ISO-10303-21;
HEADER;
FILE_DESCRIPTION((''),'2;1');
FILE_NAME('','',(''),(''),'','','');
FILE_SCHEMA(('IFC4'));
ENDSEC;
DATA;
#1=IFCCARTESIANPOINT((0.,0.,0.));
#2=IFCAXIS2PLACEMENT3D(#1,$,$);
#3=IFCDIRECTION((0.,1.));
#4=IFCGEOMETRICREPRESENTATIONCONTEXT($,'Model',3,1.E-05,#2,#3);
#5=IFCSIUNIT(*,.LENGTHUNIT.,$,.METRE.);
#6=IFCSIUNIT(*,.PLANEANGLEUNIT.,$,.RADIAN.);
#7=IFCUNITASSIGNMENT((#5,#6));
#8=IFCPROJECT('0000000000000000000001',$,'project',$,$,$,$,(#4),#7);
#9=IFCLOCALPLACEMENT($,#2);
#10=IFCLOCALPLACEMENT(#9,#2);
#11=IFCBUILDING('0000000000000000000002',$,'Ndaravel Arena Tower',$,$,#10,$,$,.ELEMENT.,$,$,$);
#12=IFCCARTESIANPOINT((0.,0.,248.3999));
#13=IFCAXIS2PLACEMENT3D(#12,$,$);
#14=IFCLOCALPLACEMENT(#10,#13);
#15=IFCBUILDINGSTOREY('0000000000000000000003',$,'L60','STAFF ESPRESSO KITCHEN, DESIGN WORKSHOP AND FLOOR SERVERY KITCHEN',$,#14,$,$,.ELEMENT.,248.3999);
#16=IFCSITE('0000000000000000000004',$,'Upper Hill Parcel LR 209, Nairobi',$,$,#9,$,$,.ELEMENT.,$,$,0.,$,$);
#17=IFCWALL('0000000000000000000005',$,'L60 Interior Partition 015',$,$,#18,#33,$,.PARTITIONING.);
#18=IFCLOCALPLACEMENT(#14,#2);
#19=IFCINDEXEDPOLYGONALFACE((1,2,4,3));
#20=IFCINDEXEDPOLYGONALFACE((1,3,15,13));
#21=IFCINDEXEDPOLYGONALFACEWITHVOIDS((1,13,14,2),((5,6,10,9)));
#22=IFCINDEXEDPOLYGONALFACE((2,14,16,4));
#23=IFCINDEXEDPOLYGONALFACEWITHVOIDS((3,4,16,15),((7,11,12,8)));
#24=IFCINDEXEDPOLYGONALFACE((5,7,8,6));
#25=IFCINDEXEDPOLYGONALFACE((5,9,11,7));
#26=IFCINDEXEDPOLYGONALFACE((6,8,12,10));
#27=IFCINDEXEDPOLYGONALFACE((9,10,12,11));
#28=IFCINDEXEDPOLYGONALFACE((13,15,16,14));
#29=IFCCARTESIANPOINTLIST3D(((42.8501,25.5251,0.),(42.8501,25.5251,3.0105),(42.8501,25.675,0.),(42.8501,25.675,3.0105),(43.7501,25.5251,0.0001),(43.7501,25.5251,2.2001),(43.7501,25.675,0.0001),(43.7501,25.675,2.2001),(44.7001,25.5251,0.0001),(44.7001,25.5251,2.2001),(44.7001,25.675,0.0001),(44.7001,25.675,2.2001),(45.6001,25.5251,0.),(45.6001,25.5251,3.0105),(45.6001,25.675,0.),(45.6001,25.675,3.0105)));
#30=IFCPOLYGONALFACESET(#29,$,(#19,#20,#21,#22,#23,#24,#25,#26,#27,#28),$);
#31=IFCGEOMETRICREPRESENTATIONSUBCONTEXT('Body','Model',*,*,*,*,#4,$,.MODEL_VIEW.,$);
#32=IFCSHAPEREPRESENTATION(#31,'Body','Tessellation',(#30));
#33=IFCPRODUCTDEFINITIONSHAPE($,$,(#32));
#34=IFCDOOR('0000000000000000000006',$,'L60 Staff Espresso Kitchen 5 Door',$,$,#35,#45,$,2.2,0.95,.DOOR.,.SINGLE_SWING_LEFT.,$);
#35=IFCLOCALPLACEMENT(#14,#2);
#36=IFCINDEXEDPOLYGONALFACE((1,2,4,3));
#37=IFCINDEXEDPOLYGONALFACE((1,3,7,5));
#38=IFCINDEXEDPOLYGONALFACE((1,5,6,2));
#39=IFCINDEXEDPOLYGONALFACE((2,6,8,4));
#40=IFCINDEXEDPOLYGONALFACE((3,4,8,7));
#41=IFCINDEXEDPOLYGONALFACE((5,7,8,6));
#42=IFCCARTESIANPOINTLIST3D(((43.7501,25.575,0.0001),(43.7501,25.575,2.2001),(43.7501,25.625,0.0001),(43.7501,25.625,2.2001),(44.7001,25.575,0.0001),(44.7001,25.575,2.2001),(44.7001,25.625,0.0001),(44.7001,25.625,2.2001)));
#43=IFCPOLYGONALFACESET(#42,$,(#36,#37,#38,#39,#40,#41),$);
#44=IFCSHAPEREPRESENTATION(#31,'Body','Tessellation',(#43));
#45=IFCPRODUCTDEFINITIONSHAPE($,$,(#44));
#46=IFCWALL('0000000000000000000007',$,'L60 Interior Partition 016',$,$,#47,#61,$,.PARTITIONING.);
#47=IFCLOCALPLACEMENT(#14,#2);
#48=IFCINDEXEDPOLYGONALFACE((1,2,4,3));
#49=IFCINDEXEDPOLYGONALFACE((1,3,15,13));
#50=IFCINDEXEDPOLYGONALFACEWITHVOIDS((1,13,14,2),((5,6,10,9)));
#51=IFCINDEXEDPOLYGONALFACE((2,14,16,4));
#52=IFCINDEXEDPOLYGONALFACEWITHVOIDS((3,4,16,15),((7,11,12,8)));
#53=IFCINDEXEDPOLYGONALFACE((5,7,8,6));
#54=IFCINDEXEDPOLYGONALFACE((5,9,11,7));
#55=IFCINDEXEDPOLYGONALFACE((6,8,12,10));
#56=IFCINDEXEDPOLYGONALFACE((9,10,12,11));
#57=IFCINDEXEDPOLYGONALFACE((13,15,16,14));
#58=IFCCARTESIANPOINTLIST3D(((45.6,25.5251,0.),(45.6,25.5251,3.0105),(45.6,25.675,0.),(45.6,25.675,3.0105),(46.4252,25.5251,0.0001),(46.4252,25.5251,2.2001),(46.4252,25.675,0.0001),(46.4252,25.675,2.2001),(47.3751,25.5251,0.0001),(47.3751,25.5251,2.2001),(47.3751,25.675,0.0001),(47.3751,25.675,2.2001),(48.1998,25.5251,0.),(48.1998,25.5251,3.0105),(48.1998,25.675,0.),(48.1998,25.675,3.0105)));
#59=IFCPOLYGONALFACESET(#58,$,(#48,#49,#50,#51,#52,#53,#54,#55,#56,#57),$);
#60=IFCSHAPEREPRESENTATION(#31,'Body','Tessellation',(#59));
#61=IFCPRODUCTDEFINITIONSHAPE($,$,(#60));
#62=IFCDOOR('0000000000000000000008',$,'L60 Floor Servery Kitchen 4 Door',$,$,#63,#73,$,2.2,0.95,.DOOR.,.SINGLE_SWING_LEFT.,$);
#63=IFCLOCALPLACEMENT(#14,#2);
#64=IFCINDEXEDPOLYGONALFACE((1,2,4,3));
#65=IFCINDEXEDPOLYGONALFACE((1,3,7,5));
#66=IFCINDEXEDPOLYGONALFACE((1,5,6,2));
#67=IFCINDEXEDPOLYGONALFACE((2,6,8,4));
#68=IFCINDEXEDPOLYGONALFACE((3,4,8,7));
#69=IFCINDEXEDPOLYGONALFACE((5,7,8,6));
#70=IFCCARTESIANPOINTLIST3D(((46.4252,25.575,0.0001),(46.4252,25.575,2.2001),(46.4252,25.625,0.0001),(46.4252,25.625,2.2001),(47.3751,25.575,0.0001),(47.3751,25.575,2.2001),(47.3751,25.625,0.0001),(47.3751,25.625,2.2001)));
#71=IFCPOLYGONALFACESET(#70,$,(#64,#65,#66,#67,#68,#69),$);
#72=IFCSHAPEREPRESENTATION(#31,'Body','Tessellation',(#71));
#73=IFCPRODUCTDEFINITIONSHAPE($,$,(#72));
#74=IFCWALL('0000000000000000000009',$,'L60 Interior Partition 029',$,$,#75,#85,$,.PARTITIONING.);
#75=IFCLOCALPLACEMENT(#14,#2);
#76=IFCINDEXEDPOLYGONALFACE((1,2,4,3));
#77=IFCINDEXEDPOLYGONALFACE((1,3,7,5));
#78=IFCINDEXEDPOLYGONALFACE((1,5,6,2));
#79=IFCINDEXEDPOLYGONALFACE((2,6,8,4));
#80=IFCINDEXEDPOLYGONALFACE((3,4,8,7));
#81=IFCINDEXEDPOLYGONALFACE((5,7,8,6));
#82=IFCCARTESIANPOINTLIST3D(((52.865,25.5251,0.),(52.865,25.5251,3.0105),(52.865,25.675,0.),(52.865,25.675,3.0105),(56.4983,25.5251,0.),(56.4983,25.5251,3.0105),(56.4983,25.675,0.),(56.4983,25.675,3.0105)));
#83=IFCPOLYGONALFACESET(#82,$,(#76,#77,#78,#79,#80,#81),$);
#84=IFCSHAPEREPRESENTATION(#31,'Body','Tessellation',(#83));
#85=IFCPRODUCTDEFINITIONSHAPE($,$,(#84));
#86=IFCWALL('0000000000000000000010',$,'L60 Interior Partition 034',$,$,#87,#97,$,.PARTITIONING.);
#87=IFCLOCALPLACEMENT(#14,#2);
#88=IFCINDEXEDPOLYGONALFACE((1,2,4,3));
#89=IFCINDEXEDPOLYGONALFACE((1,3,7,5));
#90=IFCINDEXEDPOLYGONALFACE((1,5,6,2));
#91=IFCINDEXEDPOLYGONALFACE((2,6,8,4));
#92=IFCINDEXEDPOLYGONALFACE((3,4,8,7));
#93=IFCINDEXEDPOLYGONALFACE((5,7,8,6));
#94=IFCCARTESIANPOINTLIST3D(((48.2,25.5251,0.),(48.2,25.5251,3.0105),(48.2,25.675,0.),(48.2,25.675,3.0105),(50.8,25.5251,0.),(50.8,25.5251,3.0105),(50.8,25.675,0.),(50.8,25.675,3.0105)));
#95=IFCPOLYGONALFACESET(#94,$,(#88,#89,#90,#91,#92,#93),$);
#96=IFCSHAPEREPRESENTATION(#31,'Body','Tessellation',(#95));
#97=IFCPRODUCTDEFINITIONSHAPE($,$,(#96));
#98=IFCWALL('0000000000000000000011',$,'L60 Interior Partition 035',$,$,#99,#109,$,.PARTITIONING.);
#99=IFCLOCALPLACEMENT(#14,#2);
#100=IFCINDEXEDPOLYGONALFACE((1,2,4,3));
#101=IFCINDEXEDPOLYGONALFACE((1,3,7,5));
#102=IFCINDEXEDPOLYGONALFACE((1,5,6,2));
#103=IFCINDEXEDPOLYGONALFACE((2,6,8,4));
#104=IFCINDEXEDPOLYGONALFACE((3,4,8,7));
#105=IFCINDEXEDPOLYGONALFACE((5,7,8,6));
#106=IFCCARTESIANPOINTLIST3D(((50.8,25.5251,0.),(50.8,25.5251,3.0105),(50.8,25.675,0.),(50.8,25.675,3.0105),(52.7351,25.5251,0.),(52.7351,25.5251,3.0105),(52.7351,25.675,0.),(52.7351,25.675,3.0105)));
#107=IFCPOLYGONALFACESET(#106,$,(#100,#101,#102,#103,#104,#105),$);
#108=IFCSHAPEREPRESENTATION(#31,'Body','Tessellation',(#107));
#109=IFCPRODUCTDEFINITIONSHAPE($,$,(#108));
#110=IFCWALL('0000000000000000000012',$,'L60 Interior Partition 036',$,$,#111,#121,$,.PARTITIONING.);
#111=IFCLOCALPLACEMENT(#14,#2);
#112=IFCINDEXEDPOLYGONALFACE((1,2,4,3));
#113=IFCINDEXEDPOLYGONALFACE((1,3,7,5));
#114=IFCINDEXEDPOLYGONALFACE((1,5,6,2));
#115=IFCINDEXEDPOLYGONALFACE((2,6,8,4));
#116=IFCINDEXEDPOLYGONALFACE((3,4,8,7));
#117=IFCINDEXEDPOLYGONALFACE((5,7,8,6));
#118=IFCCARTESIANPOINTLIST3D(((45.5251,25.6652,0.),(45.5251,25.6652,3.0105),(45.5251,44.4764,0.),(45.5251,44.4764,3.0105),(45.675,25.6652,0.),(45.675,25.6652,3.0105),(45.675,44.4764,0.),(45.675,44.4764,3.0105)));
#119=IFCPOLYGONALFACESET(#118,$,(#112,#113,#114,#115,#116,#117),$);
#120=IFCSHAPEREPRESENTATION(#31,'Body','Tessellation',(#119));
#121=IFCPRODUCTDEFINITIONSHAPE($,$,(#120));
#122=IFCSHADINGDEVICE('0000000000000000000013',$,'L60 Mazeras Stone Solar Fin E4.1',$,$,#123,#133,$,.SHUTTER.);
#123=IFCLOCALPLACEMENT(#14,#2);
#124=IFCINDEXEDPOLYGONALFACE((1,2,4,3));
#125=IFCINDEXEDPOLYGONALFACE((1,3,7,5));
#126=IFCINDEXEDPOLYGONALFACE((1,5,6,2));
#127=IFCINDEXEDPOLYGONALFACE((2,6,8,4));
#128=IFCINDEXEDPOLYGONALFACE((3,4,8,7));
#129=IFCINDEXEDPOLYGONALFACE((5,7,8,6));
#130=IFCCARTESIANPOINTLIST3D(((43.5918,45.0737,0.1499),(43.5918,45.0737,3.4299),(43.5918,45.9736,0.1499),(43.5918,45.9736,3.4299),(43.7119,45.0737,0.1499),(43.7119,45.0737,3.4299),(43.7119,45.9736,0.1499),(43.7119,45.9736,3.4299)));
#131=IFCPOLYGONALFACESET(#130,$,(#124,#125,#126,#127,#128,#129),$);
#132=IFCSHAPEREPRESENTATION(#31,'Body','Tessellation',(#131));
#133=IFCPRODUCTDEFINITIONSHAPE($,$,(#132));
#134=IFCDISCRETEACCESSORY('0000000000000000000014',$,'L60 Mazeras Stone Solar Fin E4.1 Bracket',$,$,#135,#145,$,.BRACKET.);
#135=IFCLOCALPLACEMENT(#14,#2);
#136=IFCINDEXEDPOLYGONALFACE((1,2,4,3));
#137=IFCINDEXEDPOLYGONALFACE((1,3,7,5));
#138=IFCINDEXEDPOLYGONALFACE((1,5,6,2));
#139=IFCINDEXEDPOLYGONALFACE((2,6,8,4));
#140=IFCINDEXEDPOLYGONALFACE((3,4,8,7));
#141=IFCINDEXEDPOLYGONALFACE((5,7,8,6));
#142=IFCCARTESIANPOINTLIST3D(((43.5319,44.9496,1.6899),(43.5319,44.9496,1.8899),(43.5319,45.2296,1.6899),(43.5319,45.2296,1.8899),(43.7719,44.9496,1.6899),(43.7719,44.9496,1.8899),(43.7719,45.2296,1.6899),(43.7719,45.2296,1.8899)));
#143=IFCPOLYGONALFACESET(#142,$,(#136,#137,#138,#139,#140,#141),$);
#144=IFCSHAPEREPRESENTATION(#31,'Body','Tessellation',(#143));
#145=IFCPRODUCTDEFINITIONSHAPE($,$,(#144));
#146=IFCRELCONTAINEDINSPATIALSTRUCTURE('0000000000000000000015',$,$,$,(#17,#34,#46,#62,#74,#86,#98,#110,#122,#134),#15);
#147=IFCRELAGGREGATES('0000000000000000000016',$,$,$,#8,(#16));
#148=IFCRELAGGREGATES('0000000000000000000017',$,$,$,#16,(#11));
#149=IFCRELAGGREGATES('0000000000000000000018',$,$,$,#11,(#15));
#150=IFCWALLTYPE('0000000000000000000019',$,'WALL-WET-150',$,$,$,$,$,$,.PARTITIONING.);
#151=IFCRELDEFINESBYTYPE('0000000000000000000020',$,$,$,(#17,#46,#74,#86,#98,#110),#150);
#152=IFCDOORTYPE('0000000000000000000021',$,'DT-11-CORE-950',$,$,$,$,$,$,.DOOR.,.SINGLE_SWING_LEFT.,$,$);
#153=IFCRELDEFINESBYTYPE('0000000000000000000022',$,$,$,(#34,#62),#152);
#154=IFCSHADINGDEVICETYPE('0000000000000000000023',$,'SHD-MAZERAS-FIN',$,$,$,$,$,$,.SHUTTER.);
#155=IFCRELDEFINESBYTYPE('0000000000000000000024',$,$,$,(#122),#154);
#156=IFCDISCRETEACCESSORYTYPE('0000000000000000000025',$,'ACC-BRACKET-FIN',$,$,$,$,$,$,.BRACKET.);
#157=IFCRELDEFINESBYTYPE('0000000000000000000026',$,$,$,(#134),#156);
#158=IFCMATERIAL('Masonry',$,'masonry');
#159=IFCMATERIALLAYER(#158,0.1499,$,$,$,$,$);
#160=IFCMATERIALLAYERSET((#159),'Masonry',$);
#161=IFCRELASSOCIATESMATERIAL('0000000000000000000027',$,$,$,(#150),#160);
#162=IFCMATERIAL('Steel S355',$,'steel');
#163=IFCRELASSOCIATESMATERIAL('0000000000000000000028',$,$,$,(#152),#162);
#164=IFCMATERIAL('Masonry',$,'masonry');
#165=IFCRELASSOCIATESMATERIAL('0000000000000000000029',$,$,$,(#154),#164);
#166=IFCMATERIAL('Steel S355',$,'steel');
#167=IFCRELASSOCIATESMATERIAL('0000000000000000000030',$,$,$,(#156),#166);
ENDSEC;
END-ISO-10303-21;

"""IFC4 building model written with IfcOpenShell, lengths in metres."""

from ifc_helpers import new_model, si_unit, direction, frame, frame_2d, origin, origin_2d, place, context, subcontext, project, spatial, rectangle, extrude, material, layer, layer_set, type_object, element, fill, save


model = new_model("IFC4")

# Units and contexts
model_context = context("Model", 3, precision=1e-05, world=origin(), true_north=direction((0.0, 1.0)))
body_context = subcontext(model_context, "Body", "Model", "MODEL_VIEW")
ifc_project = project(units=[si_unit("LENGTHUNIT", "METRE"), si_unit("PLANEANGLEUNIT", "RADIAN")], contexts=[model_context])

# Site, building, storey
site_placement = place(None, origin())
site = spatial("IfcSite", under=ifc_project, at=site_placement, Name="Upper Hill Parcel LR 209, Nairobi", CompositionType="ELEMENT", RefElevation=0.0)
building_placement = place(site_placement, origin())
building = spatial("IfcBuilding", under=site, at=building_placement, Name="Ndaravel Arena Tower", CompositionType="ELEMENT")
storey_placement = place(building_placement, frame((0.0, 0.0, 248.3999)))
storey = spatial("IfcBuildingStorey", under=building, at=storey_placement, Name="L60", Description="STAFF ESPRESSO KITCHEN, DESIGN WORKSHOP AND FLOOR SERVERY KITCHEN", CompositionType="ELEMENT", Elevation=248.3999)

# Walls, openings, doors
ifc_material_1 = material(Name="Masonry", Category="masonry")
ifc_layer_1 = layer(ifc_material_1, 0.1499)
ifc_layer_set_1 = layer_set([ifc_layer_1], Name="Masonry")
wall_type_1 = type_object("IfcWallType", Name="WALL-WET-150", PredefinedType="PARTITIONING", material=ifc_layer_set_1)
wall_1_placement = place(storey_placement, frame((42.8501, 25.6001, 0.0), z_axis=(0.0, 0.0, 1.0), x_axis=(1.0, 0.0, 0.0)))
wall_1 = element("IfcWall", 1, at=wall_1_placement, inside=storey, type_object=wall_type_1, Name="L60 Interior Partition 015", PredefinedType="PARTITIONING", context=body_context, shape_type="SweptSolid", body=[
    extrude(rectangle(XDim=2.75, YDim=0.1499, at=frame_2d((1.375, 0.0))), origin(), (0.0, 0.0, 1.0), 3.0105),
])
opening_1_placement = place(wall_1_placement, frame((0.8999, 0.0, 0.0)))
opening_1 = element("IfcOpeningElement", 2, at=opening_1_placement, cuts=wall_1, PredefinedType="OPENING", context=body_context, shape_type="SweptSolid", body=[
    extrude(rectangle(XDim=0.95, YDim=2.2, at=frame_2d((0.4751, 1.1001))), frame((0.0, 0.075, 0.0), z_axis=(0.0, -1.0, 0.0), x_axis=(1.0, 0.0, 0.0)), (0.0, 0.0, 1.0), 0.1499),
])
ifc_material_2 = material(Name="Steel S355", Category="steel")
door_type = type_object("IfcDoorType", Name="DT-11-CORE-950", OperationType="SINGLE_SWING_LEFT", PredefinedType="DOOR", material=ifc_material_2)
door_1_placement = place(opening_1_placement, origin())
door_1 = element("IfcDoor", 3, at=door_1_placement, inside=storey, type_object=door_type, Name="L60 Staff Espresso Kitchen 5 Door", OperationType="SINGLE_SWING_LEFT", OverallHeight=2.2, OverallWidth=0.95, PredefinedType="DOOR", context=body_context, shape_type="SweptSolid", body=[
    extrude(rectangle(XDim=0.95, YDim=2.2, at=frame_2d((0.4751, 1.1001))), frame((0.0, 0.0249, 0.0), z_axis=(0.0, -1.0, 0.0), x_axis=(1.0, 0.0, 0.0)), (0.0, 0.0, 1.0), 0.05),
])
fill(opening_1, door_1)
wall_2_placement = place(storey_placement, frame((45.6001, 25.6001, 0.0), z_axis=(0.0, 0.0, 1.0), x_axis=(1.0, 0.0, 0.0)))
wall_2 = element("IfcWall", 4, at=wall_2_placement, inside=storey, type_object=wall_type_1, Name="L60 Interior Partition 016", PredefinedType="PARTITIONING", context=body_context, shape_type="SweptSolid", body=[
    extrude(rectangle(XDim=2.5999, YDim=0.1499, at=frame_2d((1.2998, 0.0))), origin(), (0.0, 0.0, 1.0), 3.0105),
])
opening_2_placement = place(wall_2_placement, frame((0.825, 0.0, 0.0)))
opening_2 = element("IfcOpeningElement", 5, at=opening_2_placement, cuts=wall_2, PredefinedType="OPENING", context=body_context, shape_type="SweptSolid", body=[
    extrude(rectangle(XDim=0.95, YDim=2.2, at=frame_2d((0.4751, 1.1001))), frame((0.0, 0.075, 0.0), z_axis=(0.0, -1.0, 0.0), x_axis=(1.0, 0.0, 0.0)), (0.0, 0.0, 1.0), 0.1499),
])
door_2_placement = place(opening_2_placement, origin())
door_2 = element("IfcDoor", 6, at=door_2_placement, inside=storey, type_object=door_type, Name="L60 Floor Servery Kitchen 4 Door", OperationType="SINGLE_SWING_LEFT", OverallHeight=2.2, OverallWidth=0.95, PredefinedType="DOOR", context=body_context, shape_type="SweptSolid", body=[
    extrude(rectangle(XDim=0.95, YDim=2.2, at=frame_2d((0.4751, 1.1001))), frame((0.0, 0.0249, 0.0), z_axis=(0.0, -1.0, 0.0), x_axis=(1.0, 0.0, 0.0)), (0.0, 0.0, 1.0), 0.05),
])
fill(opening_2, door_2)

# Walls
wall_3_placement = place(storey_placement, frame((52.865, 25.6001, 0.0), z_axis=(0.0, 0.0, 1.0), x_axis=(1.0, 0.0, 0.0)))
element("IfcWall", 7, at=wall_3_placement, inside=storey, type_object=wall_type_1, Name="L60 Interior Partition 029", PredefinedType="PARTITIONING", context=body_context, shape_type="SweptSolid", body=[
    extrude(rectangle(XDim=3.6333, YDim=0.1499, at=frame_2d((1.8167, 0.0))), origin(), (0.0, 0.0, 1.0), 3.0105),
])
wall_4_placement = place(storey_placement, frame((48.2, 25.6001, 0.0), z_axis=(0.0, 0.0, 1.0), x_axis=(1.0, 0.0, 0.0)))
element("IfcWall", 8, at=wall_4_placement, inside=storey, type_object=wall_type_1, Name="L60 Interior Partition 034", PredefinedType="PARTITIONING", context=body_context, shape_type="SweptSolid", body=[
    extrude(rectangle(XDim=2.6001, YDim=0.1499, at=frame_2d((1.3, 0.0))), origin(), (0.0, 0.0, 1.0), 3.0105),
])
wall_5_placement = place(storey_placement, frame((50.8, 25.6001, 0.0), z_axis=(0.0, 0.0, 1.0), x_axis=(1.0, 0.0, 0.0)))
element("IfcWall", 9, at=wall_5_placement, inside=storey, type_object=wall_type_1, Name="L60 Interior Partition 035", PredefinedType="PARTITIONING", context=body_context, shape_type="SweptSolid", body=[
    extrude(rectangle(XDim=1.9351, YDim=0.1499, at=frame_2d((0.9675, 0.0))), origin(), (0.0, 0.0, 1.0), 3.0105),
])
wall_6_placement = place(storey_placement, frame((45.6001, 25.665, 0.0), z_axis=(0.0, 0.0, 1.0), x_axis=(0.0, 1.0, 0.0)))
element("IfcWall", 10, at=wall_6_placement, inside=storey, type_object=wall_type_1, Name="L60 Interior Partition 036", PredefinedType="PARTITIONING", context=body_context, shape_type="SweptSolid", body=[
    extrude(rectangle(XDim=18.8113, YDim=0.1499, at=frame_2d((9.4058, 0.0))), origin(), (0.0, 0.0, 1.0), 3.0105),
])

# Shading device
ifc_material_3 = material(Name="Masonry", Category="masonry")
shading_device_type = type_object("IfcShadingDeviceType", Name="SHD-MAZERAS-FIN", PredefinedType="SHUTTER", material=ifc_material_3)
shading_device_placement = place(storey_placement, frame((43.6519, 45.5237, 0.1499), z_axis=(0.0, 0.0, 1.0), x_axis=(0.0, 1.0, 0.0)))
element("IfcShadingDevice", 11, at=shading_device_placement, inside=storey, type_object=shading_device_type, Name="L60 Mazeras Stone Solar Fin E4.1", PredefinedType="SHUTTER", context=body_context, shape_type="SweptSolid", body=[
    extrude(rectangle(XDim=0.8999, YDim=0.1201, at=origin_2d()), origin(), (0.0, 0.0, 1.0), 3.28),
])

# Discrete accessory
ifc_material_4 = material(Name="Steel S355", Category="steel")
discrete_accessory_type = type_object("IfcDiscreteAccessoryType", Name="ACC-BRACKET-FIN", PredefinedType="BRACKET", material=ifc_material_4)
discrete_accessory_placement = place(storey_placement, frame((43.6519, 45.0896, 1.6899), z_axis=(0.0, 0.0, 1.0), x_axis=(0.0, 1.0, 0.0)))
element("IfcDiscreteAccessory", 12, at=discrete_accessory_placement, inside=storey, type_object=discrete_accessory_type, Name="L60 Mazeras Stone Solar Fin E4.1 Bracket", PredefinedType="BRACKET", context=body_context, shape_type="SweptSolid", body=[
    extrude(rectangle(XDim=0.28, YDim=0.24, at=origin_2d()), origin(), (0.0, 0.0, 1.0), 0.2),
])

save(model, "model.ifc")
